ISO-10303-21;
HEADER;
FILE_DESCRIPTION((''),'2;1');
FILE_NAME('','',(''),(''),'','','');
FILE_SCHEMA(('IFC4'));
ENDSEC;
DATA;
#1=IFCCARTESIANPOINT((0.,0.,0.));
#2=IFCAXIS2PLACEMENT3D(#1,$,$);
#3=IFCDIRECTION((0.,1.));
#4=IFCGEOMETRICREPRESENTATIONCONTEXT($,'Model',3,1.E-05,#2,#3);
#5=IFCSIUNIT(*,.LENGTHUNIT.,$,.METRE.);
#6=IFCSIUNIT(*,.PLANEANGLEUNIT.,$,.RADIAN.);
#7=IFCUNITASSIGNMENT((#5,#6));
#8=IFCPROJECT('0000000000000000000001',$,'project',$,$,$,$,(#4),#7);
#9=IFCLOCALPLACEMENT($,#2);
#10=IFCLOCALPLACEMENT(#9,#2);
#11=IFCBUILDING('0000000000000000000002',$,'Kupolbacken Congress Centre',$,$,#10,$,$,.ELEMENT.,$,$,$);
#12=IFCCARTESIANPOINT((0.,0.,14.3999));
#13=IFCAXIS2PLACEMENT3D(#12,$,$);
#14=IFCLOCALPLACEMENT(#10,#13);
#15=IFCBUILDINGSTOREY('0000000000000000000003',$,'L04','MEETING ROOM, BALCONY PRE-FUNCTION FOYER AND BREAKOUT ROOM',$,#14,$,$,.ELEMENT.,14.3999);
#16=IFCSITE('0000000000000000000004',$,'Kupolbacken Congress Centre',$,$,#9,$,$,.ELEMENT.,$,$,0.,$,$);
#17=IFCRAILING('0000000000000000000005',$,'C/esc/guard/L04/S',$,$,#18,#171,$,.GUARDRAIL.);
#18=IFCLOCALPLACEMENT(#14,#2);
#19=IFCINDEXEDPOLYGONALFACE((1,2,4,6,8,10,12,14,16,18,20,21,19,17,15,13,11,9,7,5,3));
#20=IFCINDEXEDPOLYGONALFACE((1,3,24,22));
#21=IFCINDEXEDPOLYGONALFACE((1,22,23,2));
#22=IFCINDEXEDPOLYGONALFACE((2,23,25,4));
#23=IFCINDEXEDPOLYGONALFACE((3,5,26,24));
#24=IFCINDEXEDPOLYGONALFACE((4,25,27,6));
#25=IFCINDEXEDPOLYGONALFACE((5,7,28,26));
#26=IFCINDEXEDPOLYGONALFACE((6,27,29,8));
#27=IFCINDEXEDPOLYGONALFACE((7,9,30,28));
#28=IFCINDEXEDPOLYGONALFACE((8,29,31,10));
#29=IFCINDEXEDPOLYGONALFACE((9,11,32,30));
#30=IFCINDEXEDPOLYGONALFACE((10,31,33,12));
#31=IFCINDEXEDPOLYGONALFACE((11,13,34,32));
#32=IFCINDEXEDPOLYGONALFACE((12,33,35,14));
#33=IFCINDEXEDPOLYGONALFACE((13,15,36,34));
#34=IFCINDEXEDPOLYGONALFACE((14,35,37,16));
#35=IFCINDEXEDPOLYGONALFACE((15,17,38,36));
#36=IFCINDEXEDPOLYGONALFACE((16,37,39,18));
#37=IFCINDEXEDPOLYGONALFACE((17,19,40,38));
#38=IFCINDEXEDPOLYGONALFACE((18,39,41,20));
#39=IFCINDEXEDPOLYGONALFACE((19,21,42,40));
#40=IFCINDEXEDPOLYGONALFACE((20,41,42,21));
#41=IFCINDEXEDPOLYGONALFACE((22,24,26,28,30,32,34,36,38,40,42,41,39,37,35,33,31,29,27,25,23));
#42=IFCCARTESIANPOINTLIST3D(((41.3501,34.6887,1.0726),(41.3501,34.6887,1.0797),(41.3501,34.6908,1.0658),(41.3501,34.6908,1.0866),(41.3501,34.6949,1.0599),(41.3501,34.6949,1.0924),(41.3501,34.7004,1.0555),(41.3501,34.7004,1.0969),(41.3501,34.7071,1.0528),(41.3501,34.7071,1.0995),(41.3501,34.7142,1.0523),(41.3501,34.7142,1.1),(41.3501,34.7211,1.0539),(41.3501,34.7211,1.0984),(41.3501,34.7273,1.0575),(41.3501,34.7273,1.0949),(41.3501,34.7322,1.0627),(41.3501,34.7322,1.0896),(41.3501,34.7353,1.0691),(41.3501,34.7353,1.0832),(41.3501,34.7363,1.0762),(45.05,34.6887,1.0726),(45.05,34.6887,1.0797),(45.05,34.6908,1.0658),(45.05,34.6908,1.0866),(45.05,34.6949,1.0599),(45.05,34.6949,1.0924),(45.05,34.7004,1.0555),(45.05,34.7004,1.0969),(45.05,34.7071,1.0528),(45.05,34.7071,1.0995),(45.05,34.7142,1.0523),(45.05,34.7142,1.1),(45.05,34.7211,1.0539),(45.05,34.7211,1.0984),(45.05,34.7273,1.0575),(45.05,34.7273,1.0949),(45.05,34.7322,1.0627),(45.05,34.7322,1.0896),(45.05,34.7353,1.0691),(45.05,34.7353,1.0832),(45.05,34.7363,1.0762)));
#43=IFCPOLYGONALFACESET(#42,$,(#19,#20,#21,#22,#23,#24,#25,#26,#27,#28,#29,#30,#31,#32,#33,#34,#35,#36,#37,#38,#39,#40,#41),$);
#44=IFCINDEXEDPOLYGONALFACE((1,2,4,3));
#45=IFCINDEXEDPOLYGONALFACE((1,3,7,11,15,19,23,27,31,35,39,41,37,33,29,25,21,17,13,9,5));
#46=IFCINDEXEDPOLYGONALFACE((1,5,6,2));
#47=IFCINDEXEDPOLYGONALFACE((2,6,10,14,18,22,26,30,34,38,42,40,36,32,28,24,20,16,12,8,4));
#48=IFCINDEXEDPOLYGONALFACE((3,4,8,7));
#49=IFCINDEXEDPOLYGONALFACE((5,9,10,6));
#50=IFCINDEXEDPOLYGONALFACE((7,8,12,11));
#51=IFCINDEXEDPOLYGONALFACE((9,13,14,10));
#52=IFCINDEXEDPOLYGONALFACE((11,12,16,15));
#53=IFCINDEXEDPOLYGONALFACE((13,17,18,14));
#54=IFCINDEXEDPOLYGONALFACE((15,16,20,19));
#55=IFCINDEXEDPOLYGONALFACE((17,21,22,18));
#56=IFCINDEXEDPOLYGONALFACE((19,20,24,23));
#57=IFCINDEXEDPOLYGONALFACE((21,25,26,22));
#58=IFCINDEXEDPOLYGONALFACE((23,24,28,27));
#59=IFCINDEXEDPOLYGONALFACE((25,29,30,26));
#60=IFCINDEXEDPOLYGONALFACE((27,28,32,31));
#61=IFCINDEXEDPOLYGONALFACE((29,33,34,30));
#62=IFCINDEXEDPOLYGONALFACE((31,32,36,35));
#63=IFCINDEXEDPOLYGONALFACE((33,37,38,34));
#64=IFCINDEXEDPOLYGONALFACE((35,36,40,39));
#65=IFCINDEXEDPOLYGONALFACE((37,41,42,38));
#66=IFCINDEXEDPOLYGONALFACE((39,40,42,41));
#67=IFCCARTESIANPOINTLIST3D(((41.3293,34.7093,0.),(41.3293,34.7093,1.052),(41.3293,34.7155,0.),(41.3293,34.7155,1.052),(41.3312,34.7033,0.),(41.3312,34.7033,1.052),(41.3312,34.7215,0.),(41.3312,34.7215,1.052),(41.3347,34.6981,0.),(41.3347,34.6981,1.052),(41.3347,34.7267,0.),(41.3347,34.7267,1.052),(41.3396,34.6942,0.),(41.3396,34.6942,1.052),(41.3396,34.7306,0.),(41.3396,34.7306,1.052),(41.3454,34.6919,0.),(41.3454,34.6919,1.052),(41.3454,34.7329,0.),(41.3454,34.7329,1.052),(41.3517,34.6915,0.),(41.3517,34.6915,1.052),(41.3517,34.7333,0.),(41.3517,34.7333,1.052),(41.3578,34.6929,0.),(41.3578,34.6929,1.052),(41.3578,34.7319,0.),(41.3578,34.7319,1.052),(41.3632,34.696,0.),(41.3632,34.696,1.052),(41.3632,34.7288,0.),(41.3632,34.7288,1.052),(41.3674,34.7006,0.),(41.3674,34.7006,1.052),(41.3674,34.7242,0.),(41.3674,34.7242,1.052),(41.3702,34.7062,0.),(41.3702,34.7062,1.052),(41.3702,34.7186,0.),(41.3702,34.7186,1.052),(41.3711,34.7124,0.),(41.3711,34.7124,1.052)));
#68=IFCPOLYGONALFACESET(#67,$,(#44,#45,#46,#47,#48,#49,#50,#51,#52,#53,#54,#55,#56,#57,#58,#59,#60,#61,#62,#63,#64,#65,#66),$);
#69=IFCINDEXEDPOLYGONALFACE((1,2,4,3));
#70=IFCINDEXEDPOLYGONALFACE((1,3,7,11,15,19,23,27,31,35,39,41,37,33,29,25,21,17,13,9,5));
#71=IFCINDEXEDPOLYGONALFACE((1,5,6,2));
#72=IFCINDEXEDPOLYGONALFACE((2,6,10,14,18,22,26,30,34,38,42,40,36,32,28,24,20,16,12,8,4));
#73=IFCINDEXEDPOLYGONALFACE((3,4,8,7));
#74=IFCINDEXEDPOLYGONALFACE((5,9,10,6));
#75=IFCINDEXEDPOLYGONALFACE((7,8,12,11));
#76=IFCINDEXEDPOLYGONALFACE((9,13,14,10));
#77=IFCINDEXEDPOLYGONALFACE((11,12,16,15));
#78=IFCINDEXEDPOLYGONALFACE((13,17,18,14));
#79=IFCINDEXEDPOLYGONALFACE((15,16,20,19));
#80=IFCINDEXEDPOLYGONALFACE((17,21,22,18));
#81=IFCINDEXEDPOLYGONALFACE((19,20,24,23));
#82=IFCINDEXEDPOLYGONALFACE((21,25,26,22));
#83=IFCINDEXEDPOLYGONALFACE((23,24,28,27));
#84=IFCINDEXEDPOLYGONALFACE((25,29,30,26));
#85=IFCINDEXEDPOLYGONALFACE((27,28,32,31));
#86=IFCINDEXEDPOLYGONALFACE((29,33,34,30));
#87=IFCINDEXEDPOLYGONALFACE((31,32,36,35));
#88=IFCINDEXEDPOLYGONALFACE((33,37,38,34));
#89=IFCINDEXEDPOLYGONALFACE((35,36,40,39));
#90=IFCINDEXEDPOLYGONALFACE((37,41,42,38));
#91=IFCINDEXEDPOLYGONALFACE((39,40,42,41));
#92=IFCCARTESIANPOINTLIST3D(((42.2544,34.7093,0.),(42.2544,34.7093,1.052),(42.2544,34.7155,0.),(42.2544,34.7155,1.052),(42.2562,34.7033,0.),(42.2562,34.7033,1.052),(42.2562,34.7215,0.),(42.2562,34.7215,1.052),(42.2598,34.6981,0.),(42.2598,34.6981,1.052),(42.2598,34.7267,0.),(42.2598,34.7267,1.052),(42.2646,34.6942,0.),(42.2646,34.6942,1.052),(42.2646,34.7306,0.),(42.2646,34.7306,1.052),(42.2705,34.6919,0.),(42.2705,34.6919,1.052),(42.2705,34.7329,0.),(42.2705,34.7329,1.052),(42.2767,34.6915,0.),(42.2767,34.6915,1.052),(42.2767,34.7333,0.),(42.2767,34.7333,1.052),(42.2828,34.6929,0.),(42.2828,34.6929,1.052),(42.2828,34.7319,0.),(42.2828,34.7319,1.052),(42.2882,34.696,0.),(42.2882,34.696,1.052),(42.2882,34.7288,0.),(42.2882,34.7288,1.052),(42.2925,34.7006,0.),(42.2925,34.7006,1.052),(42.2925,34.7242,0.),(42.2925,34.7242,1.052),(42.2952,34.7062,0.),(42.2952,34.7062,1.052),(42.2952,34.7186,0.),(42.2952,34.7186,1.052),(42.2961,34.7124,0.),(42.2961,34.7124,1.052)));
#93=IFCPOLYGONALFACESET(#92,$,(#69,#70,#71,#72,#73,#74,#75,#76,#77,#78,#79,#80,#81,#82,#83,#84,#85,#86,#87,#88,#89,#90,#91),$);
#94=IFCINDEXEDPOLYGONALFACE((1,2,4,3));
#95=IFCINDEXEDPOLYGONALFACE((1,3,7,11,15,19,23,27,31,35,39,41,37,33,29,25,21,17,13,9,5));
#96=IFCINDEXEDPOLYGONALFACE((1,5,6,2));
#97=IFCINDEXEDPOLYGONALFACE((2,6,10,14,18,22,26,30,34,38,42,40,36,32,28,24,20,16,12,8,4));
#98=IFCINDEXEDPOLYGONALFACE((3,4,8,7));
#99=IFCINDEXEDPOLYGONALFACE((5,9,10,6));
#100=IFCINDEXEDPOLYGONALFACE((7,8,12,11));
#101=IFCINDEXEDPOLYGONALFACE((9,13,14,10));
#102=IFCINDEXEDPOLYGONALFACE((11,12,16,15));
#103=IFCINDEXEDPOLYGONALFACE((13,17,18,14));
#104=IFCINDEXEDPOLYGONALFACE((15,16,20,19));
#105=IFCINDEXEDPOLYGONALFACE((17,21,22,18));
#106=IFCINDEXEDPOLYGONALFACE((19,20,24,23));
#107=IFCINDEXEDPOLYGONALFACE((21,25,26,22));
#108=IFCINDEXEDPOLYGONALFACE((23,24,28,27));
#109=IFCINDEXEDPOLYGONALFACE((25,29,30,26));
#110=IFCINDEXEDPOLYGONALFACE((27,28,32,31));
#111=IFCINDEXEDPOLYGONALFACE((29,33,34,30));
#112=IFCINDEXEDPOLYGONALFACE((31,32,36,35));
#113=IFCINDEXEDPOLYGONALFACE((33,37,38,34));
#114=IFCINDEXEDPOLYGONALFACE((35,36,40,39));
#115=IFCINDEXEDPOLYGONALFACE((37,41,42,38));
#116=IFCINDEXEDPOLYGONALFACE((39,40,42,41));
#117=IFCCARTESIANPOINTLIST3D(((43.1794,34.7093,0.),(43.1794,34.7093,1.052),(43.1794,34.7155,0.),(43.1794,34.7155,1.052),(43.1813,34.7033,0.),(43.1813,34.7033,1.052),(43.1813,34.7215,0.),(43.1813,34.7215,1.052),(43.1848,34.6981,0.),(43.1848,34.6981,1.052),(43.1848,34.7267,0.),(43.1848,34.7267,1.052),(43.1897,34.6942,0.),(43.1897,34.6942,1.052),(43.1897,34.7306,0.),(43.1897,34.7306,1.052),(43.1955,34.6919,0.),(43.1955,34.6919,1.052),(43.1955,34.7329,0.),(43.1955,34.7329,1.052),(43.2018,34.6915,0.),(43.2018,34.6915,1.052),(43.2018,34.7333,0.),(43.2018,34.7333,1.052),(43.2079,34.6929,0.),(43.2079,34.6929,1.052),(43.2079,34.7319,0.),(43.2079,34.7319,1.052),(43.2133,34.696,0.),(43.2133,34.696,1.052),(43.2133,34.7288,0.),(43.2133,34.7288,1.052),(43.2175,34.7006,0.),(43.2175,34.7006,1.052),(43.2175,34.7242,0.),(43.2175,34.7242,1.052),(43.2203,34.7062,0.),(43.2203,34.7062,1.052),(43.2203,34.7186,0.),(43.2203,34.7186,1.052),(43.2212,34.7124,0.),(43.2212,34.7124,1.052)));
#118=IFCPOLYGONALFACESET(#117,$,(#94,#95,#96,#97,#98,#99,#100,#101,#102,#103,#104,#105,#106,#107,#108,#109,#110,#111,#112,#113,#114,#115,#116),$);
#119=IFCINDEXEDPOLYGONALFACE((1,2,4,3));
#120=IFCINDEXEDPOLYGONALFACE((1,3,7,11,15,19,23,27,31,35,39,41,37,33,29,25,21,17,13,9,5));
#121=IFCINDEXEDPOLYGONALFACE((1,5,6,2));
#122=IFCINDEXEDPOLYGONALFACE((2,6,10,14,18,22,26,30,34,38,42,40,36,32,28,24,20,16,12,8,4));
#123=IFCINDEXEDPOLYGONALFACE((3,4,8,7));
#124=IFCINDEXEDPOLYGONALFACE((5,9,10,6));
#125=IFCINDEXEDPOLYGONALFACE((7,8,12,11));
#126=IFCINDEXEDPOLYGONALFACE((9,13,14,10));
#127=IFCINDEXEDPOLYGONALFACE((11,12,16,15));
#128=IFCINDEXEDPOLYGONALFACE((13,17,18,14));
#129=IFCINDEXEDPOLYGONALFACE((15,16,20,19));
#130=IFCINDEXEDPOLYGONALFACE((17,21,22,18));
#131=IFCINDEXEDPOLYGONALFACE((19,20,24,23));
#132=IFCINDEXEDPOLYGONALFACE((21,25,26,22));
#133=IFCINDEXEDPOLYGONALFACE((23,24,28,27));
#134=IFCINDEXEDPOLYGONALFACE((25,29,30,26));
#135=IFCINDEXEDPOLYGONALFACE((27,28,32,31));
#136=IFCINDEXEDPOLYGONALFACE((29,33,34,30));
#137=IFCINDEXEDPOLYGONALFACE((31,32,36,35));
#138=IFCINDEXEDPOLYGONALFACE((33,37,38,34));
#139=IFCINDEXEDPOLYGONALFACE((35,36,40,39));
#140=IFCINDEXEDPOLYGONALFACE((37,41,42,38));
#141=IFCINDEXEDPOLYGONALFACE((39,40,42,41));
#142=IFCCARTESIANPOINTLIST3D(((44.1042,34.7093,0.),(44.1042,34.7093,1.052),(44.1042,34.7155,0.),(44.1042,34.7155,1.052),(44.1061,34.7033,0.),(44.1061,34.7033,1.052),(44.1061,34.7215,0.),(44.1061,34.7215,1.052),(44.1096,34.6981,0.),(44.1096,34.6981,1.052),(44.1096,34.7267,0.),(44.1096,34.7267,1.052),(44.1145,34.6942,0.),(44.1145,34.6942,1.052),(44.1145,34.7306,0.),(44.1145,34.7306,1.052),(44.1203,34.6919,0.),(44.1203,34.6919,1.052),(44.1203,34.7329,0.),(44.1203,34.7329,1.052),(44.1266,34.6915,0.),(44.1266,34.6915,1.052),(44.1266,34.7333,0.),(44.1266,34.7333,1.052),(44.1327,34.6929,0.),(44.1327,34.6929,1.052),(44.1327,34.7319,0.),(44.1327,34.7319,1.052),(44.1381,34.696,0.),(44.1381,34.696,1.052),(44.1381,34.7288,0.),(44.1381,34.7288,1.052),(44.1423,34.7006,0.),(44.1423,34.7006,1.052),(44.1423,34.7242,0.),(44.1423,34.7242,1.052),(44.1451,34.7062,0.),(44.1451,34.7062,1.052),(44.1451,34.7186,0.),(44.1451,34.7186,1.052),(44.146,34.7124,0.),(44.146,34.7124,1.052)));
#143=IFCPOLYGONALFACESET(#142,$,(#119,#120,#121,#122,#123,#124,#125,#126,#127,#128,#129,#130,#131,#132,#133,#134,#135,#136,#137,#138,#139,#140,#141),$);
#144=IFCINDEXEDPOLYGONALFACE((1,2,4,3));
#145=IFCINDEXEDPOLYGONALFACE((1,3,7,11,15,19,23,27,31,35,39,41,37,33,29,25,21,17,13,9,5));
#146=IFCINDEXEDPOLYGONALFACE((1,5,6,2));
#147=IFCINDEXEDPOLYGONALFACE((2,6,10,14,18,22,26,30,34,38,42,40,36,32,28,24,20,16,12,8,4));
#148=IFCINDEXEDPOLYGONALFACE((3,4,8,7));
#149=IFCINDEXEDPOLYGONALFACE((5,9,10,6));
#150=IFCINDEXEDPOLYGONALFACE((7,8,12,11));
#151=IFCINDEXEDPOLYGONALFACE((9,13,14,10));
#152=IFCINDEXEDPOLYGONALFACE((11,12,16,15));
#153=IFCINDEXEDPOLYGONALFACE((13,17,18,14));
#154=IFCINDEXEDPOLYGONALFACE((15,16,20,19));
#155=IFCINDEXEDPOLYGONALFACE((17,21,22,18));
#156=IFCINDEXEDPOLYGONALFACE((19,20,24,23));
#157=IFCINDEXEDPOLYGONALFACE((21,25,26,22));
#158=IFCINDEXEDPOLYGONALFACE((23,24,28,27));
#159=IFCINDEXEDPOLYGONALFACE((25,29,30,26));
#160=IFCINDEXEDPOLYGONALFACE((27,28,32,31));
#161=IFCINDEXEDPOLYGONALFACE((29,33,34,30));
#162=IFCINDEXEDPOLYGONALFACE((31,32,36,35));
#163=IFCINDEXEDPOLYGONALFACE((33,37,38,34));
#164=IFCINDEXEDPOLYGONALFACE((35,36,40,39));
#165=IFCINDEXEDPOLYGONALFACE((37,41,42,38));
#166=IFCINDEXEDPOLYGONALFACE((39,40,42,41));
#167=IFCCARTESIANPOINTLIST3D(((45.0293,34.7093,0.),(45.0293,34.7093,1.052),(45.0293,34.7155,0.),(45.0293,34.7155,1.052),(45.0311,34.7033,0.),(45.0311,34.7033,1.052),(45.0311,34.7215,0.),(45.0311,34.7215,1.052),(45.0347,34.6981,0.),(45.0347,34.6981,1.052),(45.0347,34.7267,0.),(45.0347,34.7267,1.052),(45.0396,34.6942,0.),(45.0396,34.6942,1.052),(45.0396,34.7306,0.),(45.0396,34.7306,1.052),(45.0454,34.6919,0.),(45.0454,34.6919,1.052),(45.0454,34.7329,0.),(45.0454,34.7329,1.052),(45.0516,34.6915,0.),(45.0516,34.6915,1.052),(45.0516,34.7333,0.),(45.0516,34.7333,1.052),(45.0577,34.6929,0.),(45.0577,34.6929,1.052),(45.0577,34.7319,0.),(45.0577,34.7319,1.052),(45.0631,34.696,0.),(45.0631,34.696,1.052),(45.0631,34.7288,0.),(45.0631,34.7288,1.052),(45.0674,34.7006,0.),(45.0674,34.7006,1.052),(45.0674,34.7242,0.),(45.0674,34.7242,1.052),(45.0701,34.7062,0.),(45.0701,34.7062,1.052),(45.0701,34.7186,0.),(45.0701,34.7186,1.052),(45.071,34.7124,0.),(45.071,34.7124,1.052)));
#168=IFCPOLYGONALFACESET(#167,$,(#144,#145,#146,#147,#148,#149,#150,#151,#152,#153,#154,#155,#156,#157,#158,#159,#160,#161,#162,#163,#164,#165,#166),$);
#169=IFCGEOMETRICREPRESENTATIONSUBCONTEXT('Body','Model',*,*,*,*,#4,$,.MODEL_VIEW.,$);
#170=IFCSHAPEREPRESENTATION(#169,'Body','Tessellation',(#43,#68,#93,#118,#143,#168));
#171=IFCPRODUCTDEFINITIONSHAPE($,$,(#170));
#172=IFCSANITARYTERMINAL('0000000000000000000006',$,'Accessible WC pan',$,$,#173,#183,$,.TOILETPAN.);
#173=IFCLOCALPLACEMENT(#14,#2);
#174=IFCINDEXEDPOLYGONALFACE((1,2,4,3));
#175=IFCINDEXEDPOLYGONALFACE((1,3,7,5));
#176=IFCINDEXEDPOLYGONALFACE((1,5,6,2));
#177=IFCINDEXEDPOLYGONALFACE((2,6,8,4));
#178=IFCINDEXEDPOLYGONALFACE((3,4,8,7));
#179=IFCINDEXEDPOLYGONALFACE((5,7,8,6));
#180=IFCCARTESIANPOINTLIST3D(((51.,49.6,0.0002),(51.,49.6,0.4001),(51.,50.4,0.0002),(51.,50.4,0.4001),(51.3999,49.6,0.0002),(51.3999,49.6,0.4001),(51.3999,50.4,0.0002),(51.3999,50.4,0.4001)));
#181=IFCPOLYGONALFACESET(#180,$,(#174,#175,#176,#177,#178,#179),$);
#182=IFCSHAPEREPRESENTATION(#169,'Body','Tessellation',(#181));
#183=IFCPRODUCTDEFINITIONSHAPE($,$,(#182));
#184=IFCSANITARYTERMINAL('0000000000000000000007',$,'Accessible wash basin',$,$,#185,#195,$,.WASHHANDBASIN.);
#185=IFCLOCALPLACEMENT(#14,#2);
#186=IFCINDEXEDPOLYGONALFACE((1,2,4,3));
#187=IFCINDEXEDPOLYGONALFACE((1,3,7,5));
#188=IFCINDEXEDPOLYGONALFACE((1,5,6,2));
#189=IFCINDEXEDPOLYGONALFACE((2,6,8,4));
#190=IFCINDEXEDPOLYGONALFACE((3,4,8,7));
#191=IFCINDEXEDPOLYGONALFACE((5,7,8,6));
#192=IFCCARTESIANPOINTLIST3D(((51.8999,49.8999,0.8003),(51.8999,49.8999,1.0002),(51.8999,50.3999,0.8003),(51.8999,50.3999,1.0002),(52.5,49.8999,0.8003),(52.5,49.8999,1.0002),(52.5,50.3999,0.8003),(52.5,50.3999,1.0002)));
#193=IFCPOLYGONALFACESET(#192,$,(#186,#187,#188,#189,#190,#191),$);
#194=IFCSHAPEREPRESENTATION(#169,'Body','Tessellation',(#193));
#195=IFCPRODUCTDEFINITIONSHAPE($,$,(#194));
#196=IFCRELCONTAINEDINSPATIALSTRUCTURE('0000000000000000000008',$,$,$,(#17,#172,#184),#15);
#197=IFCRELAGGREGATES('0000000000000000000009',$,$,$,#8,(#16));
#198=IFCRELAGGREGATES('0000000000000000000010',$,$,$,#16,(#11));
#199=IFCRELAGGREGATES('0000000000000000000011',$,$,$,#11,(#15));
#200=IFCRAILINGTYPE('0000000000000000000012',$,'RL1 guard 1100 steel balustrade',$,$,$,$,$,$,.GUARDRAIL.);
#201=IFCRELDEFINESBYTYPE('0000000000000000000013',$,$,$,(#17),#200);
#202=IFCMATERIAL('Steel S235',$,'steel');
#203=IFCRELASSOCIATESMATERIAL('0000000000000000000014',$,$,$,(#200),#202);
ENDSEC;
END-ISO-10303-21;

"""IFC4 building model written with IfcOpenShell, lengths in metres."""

from ifc_helpers import new_model, si_unit, direction, frame, origin, origin_2d, place, context, subcontext, project, spatial, rectangle, circle, extrude, material, type_object, element, save


model = new_model("IFC4")

# Units and contexts
model_context = context("Model", 3, precision=1e-05, world=origin(), true_north=direction((0.0, 1.0)))
body_context = subcontext(model_context, "Body", "Model", "MODEL_VIEW")
ifc_project = project(units=[si_unit("LENGTHUNIT", "METRE"), si_unit("PLANEANGLEUNIT", "RADIAN")], contexts=[model_context])

# Site, building, storey
site_placement = place(None, origin())
site = spatial("IfcSite", under=ifc_project, at=site_placement, Name="Kupolbacken Congress Centre", CompositionType="ELEMENT", RefElevation=0.0)
building_placement = place(site_placement, origin())
building = spatial("IfcBuilding", under=site, at=building_placement, Name="Kupolbacken Congress Centre", CompositionType="ELEMENT")
storey_placement = place(building_placement, frame((0.0, 0.0, 14.3999)))
storey = spatial("IfcBuildingStorey", under=building, at=storey_placement, Name="L04", Description="MEETING ROOM, BALCONY PRE-FUNCTION FOYER AND BREAKOUT ROOM", CompositionType="ELEMENT", Elevation=14.3999)

# Railing
ifc_material_1 = material(Name="Steel S235", Category="steel")
railing_type = type_object("IfcRailingType", Name="RL1 guard 1100 steel balustrade", PredefinedType="GUARDRAIL", material=ifc_material_1)
railing_placement = place(storey_placement, frame((41.3501, 34.7124, 0.0)))
element("IfcRailing", 1, at=railing_placement, inside=storey, type_object=railing_type, Name="C/esc/guard/L04/S", PredefinedType="GUARDRAIL", context=body_context, shape_type="SweptSolid", body=[
    extrude(circle(Radius=0.0239, at=origin_2d()), frame((0.0, 0.0, 1.0762), z_axis=(1.0, 0.0, 0.0), x_axis=(0.0, 1.0, 0.0)), (0.0, 0.0, 1.0), 3.7),
    extrude(circle(Radius=0.021, at=origin_2d()), origin(), (0.0, 0.0, 1.0), 1.052),
    extrude(circle(Radius=0.021, at=origin_2d()), frame((0.925, 0.0, 0.0)), (0.0, 0.0, 1.0), 1.052),
    extrude(circle(Radius=0.021, at=origin_2d()), frame((1.8501, 0.0, 0.0)), (0.0, 0.0, 1.0), 1.052),
    extrude(circle(Radius=0.021, at=origin_2d()), frame((2.7749, 0.0, 0.0)), (0.0, 0.0, 1.0), 1.052),
    extrude(circle(Radius=0.021, at=origin_2d()), frame((3.7, 0.0, 0.0)), (0.0, 0.0, 1.0), 1.052),
])

# Sanitary terminals
sanitary_terminal_1_placement = place(storey_placement, frame((51.2, 50.0, 0.0002), z_axis=(0.0, 0.0, 1.0), x_axis=(1.0, 0.0, 0.0)))
element("IfcSanitaryTerminal", 2, at=sanitary_terminal_1_placement, inside=storey, Name="Accessible WC pan", PredefinedType="TOILETPAN", context=body_context, shape_type="SweptSolid", body=[
    extrude(rectangle(XDim=0.3999, YDim=0.8, at=origin_2d()), origin(), (0.0, 0.0, 1.0), 0.3999),
])
sanitary_terminal_2_placement = place(storey_placement, frame((52.2, 50.1499, 0.8003), z_axis=(0.0, 0.0, 1.0), x_axis=(1.0, 0.0, 0.0)))
element("IfcSanitaryTerminal", 3, at=sanitary_terminal_2_placement, inside=storey, Name="Accessible wash basin", PredefinedType="WASHHANDBASIN", context=body_context, shape_type="SweptSolid", body=[
    extrude(rectangle(XDim=0.6001, YDim=0.5, at=origin_2d()), origin(), (0.0, 0.0, 1.0), 0.2),
])

save(model, "model.ifc")
